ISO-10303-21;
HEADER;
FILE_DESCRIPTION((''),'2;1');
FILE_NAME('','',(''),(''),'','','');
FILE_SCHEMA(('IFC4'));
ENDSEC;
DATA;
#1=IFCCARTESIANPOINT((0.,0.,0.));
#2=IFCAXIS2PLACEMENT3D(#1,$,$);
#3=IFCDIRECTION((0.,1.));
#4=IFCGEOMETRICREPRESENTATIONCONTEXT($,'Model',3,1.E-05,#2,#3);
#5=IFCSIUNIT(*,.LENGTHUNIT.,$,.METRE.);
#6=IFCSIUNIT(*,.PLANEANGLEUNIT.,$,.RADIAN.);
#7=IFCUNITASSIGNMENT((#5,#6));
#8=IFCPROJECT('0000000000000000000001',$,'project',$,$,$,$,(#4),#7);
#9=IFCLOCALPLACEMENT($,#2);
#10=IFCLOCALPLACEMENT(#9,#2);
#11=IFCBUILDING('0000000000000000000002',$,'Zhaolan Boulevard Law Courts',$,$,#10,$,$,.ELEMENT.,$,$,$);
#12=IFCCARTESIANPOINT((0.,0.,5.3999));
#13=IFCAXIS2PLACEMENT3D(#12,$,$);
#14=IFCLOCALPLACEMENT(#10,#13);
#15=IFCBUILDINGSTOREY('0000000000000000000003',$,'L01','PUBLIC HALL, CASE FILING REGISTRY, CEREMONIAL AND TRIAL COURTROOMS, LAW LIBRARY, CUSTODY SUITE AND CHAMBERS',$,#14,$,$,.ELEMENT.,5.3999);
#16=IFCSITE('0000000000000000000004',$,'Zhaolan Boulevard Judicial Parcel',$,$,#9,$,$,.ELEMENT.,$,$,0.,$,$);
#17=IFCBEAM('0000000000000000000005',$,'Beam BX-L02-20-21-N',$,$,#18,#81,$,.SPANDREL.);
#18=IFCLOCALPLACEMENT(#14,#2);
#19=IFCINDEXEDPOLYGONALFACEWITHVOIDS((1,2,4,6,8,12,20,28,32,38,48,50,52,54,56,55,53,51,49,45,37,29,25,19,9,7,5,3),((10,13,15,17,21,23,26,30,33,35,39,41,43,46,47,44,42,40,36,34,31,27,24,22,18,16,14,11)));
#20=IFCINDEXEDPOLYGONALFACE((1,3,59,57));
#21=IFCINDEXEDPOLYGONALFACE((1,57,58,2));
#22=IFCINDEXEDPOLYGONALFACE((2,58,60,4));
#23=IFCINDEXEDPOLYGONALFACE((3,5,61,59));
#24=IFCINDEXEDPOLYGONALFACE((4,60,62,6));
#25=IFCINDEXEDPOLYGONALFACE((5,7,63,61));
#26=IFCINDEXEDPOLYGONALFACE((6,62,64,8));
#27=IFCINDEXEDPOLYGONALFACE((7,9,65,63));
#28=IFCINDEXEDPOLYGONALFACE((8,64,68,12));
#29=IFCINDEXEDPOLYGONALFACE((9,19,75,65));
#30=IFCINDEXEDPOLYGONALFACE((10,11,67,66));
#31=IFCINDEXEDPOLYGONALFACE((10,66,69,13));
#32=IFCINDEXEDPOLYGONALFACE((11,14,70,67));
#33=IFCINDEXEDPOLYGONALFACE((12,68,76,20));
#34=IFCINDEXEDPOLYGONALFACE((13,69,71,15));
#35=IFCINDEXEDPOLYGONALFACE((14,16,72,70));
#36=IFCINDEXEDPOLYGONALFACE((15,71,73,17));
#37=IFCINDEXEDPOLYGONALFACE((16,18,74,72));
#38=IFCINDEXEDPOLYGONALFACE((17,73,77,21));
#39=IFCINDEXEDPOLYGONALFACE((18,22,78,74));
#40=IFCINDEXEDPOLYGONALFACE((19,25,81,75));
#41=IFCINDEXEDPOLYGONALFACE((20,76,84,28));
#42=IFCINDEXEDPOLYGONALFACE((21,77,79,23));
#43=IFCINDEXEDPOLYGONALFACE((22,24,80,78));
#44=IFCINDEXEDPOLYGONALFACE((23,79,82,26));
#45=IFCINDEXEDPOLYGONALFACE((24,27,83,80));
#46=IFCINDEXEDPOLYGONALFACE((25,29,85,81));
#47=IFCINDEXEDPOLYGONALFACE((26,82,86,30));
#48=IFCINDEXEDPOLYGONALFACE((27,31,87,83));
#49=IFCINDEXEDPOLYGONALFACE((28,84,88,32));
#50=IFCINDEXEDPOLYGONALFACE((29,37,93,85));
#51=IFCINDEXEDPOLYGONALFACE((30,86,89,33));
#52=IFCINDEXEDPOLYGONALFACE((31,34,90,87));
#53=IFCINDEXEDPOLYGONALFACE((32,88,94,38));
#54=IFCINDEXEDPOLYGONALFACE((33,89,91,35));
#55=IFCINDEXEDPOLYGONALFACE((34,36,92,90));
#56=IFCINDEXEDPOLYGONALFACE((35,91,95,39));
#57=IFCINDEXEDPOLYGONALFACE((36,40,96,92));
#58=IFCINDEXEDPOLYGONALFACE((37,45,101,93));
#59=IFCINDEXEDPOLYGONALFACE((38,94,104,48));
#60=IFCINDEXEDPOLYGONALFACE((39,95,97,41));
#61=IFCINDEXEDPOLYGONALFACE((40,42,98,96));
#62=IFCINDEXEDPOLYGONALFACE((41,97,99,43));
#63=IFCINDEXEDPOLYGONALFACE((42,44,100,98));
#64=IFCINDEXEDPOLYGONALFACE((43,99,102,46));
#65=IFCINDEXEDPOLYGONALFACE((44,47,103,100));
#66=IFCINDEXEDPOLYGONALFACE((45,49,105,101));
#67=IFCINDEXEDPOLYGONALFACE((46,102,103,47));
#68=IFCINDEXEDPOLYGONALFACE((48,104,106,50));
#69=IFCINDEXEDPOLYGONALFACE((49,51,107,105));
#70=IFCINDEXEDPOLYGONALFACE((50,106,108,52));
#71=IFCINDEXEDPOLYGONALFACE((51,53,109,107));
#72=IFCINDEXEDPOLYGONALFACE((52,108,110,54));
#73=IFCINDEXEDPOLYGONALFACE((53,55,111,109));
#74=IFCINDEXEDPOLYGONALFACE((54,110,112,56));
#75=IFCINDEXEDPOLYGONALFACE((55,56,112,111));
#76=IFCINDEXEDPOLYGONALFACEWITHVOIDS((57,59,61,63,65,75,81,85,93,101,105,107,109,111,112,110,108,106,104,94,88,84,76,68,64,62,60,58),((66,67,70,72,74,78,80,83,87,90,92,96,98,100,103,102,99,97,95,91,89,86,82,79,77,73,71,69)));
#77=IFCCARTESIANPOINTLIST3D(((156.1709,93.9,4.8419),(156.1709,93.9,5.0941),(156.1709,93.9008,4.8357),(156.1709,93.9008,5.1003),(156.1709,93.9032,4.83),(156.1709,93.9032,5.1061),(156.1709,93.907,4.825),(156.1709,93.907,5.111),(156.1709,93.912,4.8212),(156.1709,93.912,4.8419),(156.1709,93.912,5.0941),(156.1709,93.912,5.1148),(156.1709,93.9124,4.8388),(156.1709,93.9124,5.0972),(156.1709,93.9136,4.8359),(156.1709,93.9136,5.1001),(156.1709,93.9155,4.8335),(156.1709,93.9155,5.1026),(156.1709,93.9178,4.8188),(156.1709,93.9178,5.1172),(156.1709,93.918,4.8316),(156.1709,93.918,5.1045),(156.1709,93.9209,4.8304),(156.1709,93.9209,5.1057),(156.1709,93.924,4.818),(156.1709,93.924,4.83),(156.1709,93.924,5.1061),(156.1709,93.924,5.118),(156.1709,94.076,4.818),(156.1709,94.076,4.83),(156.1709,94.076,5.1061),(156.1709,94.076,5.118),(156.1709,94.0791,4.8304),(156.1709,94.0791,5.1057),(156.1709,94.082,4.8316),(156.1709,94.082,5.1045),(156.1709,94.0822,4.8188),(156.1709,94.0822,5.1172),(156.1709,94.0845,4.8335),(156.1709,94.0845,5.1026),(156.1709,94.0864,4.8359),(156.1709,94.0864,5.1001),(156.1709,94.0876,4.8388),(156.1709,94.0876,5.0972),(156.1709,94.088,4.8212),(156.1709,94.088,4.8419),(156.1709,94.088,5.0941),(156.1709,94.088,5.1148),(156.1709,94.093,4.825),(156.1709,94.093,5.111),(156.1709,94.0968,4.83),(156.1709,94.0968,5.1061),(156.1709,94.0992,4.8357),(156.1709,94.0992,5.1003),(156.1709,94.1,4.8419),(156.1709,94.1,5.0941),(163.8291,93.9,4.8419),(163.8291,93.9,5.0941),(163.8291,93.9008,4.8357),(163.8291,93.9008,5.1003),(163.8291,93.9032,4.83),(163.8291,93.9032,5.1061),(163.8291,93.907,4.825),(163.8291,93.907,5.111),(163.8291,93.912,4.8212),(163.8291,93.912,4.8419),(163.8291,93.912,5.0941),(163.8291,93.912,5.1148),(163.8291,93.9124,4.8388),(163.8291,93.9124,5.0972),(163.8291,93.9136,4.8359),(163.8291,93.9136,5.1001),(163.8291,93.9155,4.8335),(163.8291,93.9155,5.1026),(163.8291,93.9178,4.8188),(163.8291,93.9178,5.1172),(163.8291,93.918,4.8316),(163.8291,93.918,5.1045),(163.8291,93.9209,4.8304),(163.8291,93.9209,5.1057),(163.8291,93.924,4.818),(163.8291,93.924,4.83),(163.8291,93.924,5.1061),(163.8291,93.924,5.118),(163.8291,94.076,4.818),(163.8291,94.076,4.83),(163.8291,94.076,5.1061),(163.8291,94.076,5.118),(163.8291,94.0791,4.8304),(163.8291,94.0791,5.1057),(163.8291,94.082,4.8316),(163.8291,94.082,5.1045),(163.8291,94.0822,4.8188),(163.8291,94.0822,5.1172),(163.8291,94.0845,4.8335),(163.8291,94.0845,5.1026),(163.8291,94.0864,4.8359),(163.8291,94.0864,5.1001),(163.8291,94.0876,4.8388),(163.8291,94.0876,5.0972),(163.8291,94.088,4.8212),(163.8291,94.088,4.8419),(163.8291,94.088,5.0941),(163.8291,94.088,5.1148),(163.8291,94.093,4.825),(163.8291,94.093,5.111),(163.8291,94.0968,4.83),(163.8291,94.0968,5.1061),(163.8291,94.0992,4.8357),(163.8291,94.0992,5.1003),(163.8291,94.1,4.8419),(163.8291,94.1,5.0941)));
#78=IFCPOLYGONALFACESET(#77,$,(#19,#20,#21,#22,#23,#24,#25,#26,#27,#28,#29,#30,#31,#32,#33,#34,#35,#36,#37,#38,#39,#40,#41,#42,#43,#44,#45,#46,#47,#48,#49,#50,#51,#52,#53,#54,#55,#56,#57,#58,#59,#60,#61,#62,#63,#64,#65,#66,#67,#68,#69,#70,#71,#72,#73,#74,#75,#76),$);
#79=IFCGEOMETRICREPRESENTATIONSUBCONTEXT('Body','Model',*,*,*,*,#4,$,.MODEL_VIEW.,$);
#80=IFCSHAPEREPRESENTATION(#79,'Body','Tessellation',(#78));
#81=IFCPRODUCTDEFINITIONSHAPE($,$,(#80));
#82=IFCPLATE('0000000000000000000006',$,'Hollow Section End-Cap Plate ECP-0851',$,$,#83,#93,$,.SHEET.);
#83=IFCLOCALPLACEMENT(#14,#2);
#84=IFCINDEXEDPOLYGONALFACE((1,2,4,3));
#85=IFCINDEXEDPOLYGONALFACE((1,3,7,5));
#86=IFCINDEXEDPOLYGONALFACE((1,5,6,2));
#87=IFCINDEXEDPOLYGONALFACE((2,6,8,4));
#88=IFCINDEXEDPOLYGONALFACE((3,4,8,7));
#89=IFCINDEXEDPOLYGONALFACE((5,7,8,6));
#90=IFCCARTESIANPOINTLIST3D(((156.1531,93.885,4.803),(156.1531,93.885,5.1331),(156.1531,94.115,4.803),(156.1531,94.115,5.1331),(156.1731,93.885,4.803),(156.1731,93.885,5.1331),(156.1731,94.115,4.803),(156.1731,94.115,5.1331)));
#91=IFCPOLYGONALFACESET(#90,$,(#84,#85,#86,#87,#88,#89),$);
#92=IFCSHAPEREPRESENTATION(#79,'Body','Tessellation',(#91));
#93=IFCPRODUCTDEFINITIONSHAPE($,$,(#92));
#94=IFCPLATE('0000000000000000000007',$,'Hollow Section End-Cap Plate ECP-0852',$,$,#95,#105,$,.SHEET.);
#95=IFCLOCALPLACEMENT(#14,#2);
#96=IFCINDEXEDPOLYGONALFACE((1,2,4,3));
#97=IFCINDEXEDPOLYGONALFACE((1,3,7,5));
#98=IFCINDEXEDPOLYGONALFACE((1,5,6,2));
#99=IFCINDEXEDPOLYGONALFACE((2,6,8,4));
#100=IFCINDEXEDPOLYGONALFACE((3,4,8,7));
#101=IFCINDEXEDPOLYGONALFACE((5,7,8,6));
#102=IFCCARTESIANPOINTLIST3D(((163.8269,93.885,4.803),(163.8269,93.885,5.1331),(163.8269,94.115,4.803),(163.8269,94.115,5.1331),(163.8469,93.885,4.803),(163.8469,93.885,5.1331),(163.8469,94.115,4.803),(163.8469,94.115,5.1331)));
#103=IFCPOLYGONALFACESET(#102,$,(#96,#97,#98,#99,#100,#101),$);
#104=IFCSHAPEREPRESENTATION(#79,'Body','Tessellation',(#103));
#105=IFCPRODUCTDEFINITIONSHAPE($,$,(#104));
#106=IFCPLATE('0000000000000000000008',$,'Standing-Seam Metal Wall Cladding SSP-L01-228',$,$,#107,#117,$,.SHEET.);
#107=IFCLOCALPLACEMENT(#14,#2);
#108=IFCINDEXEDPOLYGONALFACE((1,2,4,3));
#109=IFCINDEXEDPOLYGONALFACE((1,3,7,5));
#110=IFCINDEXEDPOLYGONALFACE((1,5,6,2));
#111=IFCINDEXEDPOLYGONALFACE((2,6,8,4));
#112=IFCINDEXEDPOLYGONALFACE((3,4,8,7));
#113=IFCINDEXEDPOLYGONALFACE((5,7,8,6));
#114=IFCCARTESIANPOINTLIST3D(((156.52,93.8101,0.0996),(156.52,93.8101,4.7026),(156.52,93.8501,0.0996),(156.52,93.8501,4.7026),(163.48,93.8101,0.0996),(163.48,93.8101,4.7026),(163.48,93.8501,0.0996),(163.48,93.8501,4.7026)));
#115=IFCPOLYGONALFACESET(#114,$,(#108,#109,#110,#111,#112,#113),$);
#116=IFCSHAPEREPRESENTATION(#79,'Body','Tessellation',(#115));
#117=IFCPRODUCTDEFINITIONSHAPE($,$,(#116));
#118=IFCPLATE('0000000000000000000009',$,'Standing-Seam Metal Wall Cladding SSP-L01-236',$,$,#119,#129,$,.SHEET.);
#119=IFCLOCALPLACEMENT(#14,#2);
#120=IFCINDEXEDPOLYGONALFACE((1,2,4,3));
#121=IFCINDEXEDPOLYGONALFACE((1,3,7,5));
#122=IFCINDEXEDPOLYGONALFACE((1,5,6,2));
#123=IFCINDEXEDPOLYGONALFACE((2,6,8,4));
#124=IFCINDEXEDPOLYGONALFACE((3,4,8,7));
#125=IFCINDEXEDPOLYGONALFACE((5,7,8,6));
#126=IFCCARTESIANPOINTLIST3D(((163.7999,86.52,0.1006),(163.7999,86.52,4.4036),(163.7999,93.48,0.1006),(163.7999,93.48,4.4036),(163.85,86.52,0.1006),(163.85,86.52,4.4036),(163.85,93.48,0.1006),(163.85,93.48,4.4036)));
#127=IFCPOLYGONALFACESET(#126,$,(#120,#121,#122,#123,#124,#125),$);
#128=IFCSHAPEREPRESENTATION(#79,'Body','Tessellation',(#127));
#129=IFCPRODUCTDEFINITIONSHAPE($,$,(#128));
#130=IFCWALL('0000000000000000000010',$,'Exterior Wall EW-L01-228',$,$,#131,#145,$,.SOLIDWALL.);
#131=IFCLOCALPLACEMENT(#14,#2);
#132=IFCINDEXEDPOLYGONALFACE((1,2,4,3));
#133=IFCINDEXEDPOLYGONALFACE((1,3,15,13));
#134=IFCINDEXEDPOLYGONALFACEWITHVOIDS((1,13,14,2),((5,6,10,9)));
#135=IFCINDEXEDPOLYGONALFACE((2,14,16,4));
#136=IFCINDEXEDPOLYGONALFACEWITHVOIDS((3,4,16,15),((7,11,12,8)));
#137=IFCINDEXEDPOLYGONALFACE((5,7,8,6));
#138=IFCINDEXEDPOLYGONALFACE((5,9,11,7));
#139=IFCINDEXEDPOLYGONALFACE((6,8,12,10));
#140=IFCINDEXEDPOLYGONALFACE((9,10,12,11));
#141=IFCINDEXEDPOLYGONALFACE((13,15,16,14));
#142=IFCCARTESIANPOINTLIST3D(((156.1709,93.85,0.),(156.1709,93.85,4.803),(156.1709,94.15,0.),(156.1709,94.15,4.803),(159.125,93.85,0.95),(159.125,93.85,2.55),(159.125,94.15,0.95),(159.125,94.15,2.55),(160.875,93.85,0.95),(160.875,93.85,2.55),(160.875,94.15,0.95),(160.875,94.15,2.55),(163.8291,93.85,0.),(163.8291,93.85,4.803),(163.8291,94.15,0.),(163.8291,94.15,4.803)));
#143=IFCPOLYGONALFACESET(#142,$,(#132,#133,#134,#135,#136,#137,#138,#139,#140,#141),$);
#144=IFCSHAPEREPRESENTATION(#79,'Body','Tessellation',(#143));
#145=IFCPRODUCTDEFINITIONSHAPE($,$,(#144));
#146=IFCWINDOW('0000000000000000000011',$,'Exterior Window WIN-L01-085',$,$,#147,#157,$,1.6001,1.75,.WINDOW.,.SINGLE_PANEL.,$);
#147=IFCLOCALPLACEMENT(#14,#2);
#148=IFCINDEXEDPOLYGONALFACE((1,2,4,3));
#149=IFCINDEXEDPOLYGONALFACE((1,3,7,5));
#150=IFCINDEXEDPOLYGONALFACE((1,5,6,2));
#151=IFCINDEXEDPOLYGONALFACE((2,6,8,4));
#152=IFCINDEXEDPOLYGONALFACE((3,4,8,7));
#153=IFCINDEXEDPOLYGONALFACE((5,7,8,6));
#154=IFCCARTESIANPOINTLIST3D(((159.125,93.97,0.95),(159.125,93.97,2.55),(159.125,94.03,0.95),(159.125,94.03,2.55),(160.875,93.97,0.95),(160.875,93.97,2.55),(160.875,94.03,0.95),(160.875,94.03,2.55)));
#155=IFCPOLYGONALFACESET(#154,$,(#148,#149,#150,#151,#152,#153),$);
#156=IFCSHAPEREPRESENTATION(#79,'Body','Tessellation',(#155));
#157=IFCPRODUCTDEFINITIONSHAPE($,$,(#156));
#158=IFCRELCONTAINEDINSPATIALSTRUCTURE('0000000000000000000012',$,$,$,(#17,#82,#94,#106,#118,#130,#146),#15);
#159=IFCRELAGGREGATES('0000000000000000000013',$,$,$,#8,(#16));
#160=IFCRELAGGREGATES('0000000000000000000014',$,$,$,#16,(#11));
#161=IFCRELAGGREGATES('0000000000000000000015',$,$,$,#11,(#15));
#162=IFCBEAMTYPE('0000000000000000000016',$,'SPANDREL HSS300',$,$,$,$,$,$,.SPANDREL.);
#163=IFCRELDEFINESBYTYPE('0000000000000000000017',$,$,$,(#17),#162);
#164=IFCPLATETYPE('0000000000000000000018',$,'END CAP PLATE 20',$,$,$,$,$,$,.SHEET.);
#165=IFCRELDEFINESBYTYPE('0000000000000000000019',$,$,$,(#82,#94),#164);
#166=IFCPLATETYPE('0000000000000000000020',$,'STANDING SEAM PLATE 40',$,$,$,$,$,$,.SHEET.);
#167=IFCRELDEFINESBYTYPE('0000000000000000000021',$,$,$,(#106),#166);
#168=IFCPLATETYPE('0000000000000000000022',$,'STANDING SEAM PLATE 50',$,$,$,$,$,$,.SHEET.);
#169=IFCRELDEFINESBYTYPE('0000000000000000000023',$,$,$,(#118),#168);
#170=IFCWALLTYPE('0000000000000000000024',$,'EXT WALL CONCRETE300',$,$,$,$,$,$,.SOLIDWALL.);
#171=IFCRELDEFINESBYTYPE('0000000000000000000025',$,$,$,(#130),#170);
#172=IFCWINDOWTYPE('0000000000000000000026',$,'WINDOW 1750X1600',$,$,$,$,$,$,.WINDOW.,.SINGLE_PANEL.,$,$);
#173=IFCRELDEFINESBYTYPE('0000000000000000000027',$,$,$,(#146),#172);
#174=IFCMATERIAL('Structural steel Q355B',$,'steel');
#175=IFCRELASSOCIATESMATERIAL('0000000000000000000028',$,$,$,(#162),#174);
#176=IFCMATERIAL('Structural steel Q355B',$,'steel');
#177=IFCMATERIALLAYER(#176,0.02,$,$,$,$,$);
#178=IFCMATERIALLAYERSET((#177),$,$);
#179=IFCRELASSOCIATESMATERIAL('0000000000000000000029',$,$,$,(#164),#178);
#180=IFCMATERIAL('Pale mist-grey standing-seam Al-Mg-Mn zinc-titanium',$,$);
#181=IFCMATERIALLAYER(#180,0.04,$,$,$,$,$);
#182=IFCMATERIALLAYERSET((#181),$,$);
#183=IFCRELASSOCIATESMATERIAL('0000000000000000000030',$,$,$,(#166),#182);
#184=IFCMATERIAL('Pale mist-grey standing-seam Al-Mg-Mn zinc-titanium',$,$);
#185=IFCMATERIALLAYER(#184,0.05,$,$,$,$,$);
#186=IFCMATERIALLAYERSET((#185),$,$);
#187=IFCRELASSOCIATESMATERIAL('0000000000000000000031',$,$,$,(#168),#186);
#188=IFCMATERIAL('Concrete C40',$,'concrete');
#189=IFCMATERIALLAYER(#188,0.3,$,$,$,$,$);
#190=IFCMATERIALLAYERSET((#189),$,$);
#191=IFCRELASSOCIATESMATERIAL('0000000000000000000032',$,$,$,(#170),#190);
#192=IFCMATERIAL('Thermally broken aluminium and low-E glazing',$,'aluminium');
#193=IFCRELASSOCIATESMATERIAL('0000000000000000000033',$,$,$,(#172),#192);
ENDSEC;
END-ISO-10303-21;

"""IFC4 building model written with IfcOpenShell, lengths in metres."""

from ifc_helpers import new_model, si_unit, direction, frame, frame_2d, origin, origin_2d, place, context, subcontext, project, spatial, rectangle, hollow_rectangle, extrude, material, layer, layer_set, material_profile, profile_set, type_object, element, fill, save


model = new_model("IFC4")

# Units and contexts
model_context = context("Model", 3, precision=1e-05, world=origin(), true_north=direction((0.0, 1.0)))
body_context = subcontext(model_context, "Body", "Model", "MODEL_VIEW")
ifc_project = project(units=[si_unit("LENGTHUNIT", "METRE"), si_unit("PLANEANGLEUNIT", "RADIAN")], contexts=[model_context])

# Site, building, storey
site_placement = place(None, origin())
site = spatial("IfcSite", under=ifc_project, at=site_placement, Name="Zhaolan Boulevard Judicial Parcel", CompositionType="ELEMENT", RefElevation=0.0)
building_placement = place(site_placement, origin())
building = spatial("IfcBuilding", under=site, at=building_placement, Name="Zhaolan Boulevard Law Courts", CompositionType="ELEMENT")
storey_placement = place(building_placement, frame((0.0, 0.0, 5.3999)))
storey = spatial("IfcBuildingStorey", under=building, at=storey_placement, Name="L01", Description="PUBLIC HALL, CASE FILING REGISTRY, CEREMONIAL AND TRIAL COURTROOMS, LAW LIBRARY, CUSTODY SUITE AND CHAMBERS", CompositionType="ELEMENT", Elevation=5.3999)

# Beam
ifc_material_1 = material(Name="Structural steel Q355B", Category="steel")
ifc_material_profile_1 = material_profile(ifc_material_1, hollow_rectangle(XDim=0.2, YDim=0.3, WallThickness=0.012, InnerFilletRadius=0.012, OuterFilletRadius=0.0239, at=origin_2d()), Name="HSS300x200x12")
ifc_profile_set_1 = profile_set([ifc_material_profile_1], Name="Structural steel Q355B")
beam_type_1 = type_object("IfcBeamType", Name="SPANDREL HSS300", PredefinedType="SPANDREL", material=ifc_profile_set_1)
beam_1_placement = place(storey_placement, frame((156.1709, 94.0, 4.968), z_axis=(1.0, 0.0, 0.0), x_axis=(0.0, 1.0, 0.0)))
element("IfcBeam", 1, at=beam_1_placement, inside=storey, type_object=beam_type_1, Name="Beam BX-L02-20-21-N", PredefinedType="SPANDREL", context=body_context, shape_type="SweptSolid", body=[
    extrude(hollow_rectangle(XDim=0.2, YDim=0.3, WallThickness=0.012, InnerFilletRadius=0.012, OuterFilletRadius=0.0239, at=origin_2d()), origin(), (0.0, 0.0, 1.0), 7.6582),
])

# Plates
ifc_material_2 = material(Name="Structural steel Q355B", Category="steel")
ifc_layer_1 = layer(ifc_material_2, 0.02)
ifc_layer_set_1 = layer_set([ifc_layer_1])
plate_type_1 = type_object("IfcPlateType", Name="END CAP PLATE 20", PredefinedType="SHEET", material=ifc_layer_set_1)
for number, where, z_axis, x_axis, name in (
    (2, (156.1631, 94.0, 4.803), (0.0, 0.0, 1.0), (1.0, 0.0, 0.0), "Hollow Section End-Cap Plate ECP-0851"),
    (3, (163.8369, 94.0, 4.803), (0.0, 0.0, 1.0), (1.0, 0.0, 0.0), "Hollow Section End-Cap Plate ECP-0852"),
):
    element("IfcPlate", number, at=place(storey_placement, frame(where, z_axis=z_axis, x_axis=x_axis)), inside=storey, type_object=plate_type_1, Name=name, PredefinedType="SHEET", context=body_context, shape_type="SweptSolid", body=[
        extrude(rectangle(XDim=0.02, YDim=0.23, at=origin_2d()), origin(), (0.0, 0.0, 1.0), 0.3301),
    ])
ifc_material_3 = material(Name="Pale mist-grey standing-seam Al-Mg-Mn zinc-titanium")
ifc_layer_2 = layer(ifc_material_3, 0.04)
ifc_layer_set_2 = layer_set([ifc_layer_2])
plate_type_2 = type_object("IfcPlateType", Name="STANDING SEAM PLATE 40", PredefinedType="SHEET", material=ifc_layer_set_2)
plate_1_placement = place(storey_placement, frame((160.0, 93.8301, 0.0996), z_axis=(0.0, 0.0, 1.0), x_axis=(-1.0, 0.0, 0.0)))
element("IfcPlate", 4, at=plate_1_placement, inside=storey, type_object=plate_type_2, Name="Standing-Seam Metal Wall Cladding SSP-L01-228", PredefinedType="SHEET", context=body_context, shape_type="SweptSolid", body=[
    extrude(rectangle(XDim=6.96, YDim=0.04, at=origin_2d()), origin(), (0.0, 0.0, 1.0), 4.603),
])
ifc_material_4 = material(Name="Pale mist-grey standing-seam Al-Mg-Mn zinc-titanium")
ifc_layer_3 = layer(ifc_material_4, 0.05)
ifc_layer_set_3 = layer_set([ifc_layer_3])
plate_type_3 = type_object("IfcPlateType", Name="STANDING SEAM PLATE 50", PredefinedType="SHEET", material=ifc_layer_set_3)
plate_2_placement = place(storey_placement, frame((163.825, 90.0, 0.1006), z_axis=(0.0, 0.0, 1.0), x_axis=(0.0, 1.0, 0.0)))
element("IfcPlate", 5, at=plate_2_placement, inside=storey, type_object=plate_type_3, Name="Standing-Seam Metal Wall Cladding SSP-L01-236", PredefinedType="SHEET", context=body_context, shape_type="SweptSolid", body=[
    extrude(rectangle(XDim=6.96, YDim=0.05, at=origin_2d()), origin(), (0.0, 0.0, 1.0), 4.303),
])

# Wall, opening, window
ifc_material_5 = material(Name="Concrete C40", Category="concrete")
ifc_layer_4 = layer(ifc_material_5, 0.3)
ifc_layer_set_4 = layer_set([ifc_layer_4])
wall_type = type_object("IfcWallType", Name="EXT WALL CONCRETE300", PredefinedType="SOLIDWALL", material=ifc_layer_set_4)
wall_1_placement = place(storey_placement, frame((163.8291, 94.0, 0.0), z_axis=(0.0, 0.0, 1.0), x_axis=(-1.0, 0.0, 0.0)))
wall_1 = element("IfcWall", 6, at=wall_1_placement, inside=storey, type_object=wall_type, Name="Exterior Wall EW-L01-228", PredefinedType="SOLIDWALL", context=body_context, shape_type="SweptSolid", body=[
    extrude(rectangle(XDim=7.6582, YDim=0.3, at=frame_2d((3.8291, 0.0))), origin(), (0.0, 0.0, 1.0), 4.803),
])
opening_1_placement = place(wall_1_placement, frame((2.9541, 0.0, 0.95)))
opening_1 = element("IfcOpeningElement", 7, at=opening_1_placement, cuts=wall_1, PredefinedType="OPENING", context=body_context, shape_type="SweptSolid", body=[
    extrude(rectangle(XDim=1.75, YDim=1.6001, at=frame_2d((0.875, 0.8))), frame((0.0, 0.1599, 0.0), z_axis=(0.0, -1.0, 0.0), x_axis=(1.0, 0.0, 0.0)), (0.0, 0.0, 1.0), 0.3201),
])
ifc_material_6 = material(Name="Thermally broken aluminium and low-E glazing", Category="aluminium")
window_type_1 = type_object("IfcWindowType", Name="WINDOW 1750X1600", PartitioningType="SINGLE_PANEL", PredefinedType="WINDOW", material=ifc_material_6)
window_1_placement = place(opening_1_placement, origin())
window_1 = element("IfcWindow", 8, at=window_1_placement, inside=storey, type_object=window_type_1, Name="Exterior Window WIN-L01-085", OverallHeight=1.6001, OverallWidth=1.75, PartitioningType="SINGLE_PANEL", PredefinedType="WINDOW", context=body_context, shape_type="SweptSolid", body=[
    extrude(rectangle(XDim=1.75, YDim=1.6001, at=frame_2d((0.875, 0.8))), frame((0.0, 0.03, 0.0), z_axis=(0.0, -1.0, 0.0), x_axis=(1.0, 0.0, 0.0)), (0.0, 0.0, 1.0), 0.0601),
])
fill(opening_1, window_1)

save(model, "model.ifc")
